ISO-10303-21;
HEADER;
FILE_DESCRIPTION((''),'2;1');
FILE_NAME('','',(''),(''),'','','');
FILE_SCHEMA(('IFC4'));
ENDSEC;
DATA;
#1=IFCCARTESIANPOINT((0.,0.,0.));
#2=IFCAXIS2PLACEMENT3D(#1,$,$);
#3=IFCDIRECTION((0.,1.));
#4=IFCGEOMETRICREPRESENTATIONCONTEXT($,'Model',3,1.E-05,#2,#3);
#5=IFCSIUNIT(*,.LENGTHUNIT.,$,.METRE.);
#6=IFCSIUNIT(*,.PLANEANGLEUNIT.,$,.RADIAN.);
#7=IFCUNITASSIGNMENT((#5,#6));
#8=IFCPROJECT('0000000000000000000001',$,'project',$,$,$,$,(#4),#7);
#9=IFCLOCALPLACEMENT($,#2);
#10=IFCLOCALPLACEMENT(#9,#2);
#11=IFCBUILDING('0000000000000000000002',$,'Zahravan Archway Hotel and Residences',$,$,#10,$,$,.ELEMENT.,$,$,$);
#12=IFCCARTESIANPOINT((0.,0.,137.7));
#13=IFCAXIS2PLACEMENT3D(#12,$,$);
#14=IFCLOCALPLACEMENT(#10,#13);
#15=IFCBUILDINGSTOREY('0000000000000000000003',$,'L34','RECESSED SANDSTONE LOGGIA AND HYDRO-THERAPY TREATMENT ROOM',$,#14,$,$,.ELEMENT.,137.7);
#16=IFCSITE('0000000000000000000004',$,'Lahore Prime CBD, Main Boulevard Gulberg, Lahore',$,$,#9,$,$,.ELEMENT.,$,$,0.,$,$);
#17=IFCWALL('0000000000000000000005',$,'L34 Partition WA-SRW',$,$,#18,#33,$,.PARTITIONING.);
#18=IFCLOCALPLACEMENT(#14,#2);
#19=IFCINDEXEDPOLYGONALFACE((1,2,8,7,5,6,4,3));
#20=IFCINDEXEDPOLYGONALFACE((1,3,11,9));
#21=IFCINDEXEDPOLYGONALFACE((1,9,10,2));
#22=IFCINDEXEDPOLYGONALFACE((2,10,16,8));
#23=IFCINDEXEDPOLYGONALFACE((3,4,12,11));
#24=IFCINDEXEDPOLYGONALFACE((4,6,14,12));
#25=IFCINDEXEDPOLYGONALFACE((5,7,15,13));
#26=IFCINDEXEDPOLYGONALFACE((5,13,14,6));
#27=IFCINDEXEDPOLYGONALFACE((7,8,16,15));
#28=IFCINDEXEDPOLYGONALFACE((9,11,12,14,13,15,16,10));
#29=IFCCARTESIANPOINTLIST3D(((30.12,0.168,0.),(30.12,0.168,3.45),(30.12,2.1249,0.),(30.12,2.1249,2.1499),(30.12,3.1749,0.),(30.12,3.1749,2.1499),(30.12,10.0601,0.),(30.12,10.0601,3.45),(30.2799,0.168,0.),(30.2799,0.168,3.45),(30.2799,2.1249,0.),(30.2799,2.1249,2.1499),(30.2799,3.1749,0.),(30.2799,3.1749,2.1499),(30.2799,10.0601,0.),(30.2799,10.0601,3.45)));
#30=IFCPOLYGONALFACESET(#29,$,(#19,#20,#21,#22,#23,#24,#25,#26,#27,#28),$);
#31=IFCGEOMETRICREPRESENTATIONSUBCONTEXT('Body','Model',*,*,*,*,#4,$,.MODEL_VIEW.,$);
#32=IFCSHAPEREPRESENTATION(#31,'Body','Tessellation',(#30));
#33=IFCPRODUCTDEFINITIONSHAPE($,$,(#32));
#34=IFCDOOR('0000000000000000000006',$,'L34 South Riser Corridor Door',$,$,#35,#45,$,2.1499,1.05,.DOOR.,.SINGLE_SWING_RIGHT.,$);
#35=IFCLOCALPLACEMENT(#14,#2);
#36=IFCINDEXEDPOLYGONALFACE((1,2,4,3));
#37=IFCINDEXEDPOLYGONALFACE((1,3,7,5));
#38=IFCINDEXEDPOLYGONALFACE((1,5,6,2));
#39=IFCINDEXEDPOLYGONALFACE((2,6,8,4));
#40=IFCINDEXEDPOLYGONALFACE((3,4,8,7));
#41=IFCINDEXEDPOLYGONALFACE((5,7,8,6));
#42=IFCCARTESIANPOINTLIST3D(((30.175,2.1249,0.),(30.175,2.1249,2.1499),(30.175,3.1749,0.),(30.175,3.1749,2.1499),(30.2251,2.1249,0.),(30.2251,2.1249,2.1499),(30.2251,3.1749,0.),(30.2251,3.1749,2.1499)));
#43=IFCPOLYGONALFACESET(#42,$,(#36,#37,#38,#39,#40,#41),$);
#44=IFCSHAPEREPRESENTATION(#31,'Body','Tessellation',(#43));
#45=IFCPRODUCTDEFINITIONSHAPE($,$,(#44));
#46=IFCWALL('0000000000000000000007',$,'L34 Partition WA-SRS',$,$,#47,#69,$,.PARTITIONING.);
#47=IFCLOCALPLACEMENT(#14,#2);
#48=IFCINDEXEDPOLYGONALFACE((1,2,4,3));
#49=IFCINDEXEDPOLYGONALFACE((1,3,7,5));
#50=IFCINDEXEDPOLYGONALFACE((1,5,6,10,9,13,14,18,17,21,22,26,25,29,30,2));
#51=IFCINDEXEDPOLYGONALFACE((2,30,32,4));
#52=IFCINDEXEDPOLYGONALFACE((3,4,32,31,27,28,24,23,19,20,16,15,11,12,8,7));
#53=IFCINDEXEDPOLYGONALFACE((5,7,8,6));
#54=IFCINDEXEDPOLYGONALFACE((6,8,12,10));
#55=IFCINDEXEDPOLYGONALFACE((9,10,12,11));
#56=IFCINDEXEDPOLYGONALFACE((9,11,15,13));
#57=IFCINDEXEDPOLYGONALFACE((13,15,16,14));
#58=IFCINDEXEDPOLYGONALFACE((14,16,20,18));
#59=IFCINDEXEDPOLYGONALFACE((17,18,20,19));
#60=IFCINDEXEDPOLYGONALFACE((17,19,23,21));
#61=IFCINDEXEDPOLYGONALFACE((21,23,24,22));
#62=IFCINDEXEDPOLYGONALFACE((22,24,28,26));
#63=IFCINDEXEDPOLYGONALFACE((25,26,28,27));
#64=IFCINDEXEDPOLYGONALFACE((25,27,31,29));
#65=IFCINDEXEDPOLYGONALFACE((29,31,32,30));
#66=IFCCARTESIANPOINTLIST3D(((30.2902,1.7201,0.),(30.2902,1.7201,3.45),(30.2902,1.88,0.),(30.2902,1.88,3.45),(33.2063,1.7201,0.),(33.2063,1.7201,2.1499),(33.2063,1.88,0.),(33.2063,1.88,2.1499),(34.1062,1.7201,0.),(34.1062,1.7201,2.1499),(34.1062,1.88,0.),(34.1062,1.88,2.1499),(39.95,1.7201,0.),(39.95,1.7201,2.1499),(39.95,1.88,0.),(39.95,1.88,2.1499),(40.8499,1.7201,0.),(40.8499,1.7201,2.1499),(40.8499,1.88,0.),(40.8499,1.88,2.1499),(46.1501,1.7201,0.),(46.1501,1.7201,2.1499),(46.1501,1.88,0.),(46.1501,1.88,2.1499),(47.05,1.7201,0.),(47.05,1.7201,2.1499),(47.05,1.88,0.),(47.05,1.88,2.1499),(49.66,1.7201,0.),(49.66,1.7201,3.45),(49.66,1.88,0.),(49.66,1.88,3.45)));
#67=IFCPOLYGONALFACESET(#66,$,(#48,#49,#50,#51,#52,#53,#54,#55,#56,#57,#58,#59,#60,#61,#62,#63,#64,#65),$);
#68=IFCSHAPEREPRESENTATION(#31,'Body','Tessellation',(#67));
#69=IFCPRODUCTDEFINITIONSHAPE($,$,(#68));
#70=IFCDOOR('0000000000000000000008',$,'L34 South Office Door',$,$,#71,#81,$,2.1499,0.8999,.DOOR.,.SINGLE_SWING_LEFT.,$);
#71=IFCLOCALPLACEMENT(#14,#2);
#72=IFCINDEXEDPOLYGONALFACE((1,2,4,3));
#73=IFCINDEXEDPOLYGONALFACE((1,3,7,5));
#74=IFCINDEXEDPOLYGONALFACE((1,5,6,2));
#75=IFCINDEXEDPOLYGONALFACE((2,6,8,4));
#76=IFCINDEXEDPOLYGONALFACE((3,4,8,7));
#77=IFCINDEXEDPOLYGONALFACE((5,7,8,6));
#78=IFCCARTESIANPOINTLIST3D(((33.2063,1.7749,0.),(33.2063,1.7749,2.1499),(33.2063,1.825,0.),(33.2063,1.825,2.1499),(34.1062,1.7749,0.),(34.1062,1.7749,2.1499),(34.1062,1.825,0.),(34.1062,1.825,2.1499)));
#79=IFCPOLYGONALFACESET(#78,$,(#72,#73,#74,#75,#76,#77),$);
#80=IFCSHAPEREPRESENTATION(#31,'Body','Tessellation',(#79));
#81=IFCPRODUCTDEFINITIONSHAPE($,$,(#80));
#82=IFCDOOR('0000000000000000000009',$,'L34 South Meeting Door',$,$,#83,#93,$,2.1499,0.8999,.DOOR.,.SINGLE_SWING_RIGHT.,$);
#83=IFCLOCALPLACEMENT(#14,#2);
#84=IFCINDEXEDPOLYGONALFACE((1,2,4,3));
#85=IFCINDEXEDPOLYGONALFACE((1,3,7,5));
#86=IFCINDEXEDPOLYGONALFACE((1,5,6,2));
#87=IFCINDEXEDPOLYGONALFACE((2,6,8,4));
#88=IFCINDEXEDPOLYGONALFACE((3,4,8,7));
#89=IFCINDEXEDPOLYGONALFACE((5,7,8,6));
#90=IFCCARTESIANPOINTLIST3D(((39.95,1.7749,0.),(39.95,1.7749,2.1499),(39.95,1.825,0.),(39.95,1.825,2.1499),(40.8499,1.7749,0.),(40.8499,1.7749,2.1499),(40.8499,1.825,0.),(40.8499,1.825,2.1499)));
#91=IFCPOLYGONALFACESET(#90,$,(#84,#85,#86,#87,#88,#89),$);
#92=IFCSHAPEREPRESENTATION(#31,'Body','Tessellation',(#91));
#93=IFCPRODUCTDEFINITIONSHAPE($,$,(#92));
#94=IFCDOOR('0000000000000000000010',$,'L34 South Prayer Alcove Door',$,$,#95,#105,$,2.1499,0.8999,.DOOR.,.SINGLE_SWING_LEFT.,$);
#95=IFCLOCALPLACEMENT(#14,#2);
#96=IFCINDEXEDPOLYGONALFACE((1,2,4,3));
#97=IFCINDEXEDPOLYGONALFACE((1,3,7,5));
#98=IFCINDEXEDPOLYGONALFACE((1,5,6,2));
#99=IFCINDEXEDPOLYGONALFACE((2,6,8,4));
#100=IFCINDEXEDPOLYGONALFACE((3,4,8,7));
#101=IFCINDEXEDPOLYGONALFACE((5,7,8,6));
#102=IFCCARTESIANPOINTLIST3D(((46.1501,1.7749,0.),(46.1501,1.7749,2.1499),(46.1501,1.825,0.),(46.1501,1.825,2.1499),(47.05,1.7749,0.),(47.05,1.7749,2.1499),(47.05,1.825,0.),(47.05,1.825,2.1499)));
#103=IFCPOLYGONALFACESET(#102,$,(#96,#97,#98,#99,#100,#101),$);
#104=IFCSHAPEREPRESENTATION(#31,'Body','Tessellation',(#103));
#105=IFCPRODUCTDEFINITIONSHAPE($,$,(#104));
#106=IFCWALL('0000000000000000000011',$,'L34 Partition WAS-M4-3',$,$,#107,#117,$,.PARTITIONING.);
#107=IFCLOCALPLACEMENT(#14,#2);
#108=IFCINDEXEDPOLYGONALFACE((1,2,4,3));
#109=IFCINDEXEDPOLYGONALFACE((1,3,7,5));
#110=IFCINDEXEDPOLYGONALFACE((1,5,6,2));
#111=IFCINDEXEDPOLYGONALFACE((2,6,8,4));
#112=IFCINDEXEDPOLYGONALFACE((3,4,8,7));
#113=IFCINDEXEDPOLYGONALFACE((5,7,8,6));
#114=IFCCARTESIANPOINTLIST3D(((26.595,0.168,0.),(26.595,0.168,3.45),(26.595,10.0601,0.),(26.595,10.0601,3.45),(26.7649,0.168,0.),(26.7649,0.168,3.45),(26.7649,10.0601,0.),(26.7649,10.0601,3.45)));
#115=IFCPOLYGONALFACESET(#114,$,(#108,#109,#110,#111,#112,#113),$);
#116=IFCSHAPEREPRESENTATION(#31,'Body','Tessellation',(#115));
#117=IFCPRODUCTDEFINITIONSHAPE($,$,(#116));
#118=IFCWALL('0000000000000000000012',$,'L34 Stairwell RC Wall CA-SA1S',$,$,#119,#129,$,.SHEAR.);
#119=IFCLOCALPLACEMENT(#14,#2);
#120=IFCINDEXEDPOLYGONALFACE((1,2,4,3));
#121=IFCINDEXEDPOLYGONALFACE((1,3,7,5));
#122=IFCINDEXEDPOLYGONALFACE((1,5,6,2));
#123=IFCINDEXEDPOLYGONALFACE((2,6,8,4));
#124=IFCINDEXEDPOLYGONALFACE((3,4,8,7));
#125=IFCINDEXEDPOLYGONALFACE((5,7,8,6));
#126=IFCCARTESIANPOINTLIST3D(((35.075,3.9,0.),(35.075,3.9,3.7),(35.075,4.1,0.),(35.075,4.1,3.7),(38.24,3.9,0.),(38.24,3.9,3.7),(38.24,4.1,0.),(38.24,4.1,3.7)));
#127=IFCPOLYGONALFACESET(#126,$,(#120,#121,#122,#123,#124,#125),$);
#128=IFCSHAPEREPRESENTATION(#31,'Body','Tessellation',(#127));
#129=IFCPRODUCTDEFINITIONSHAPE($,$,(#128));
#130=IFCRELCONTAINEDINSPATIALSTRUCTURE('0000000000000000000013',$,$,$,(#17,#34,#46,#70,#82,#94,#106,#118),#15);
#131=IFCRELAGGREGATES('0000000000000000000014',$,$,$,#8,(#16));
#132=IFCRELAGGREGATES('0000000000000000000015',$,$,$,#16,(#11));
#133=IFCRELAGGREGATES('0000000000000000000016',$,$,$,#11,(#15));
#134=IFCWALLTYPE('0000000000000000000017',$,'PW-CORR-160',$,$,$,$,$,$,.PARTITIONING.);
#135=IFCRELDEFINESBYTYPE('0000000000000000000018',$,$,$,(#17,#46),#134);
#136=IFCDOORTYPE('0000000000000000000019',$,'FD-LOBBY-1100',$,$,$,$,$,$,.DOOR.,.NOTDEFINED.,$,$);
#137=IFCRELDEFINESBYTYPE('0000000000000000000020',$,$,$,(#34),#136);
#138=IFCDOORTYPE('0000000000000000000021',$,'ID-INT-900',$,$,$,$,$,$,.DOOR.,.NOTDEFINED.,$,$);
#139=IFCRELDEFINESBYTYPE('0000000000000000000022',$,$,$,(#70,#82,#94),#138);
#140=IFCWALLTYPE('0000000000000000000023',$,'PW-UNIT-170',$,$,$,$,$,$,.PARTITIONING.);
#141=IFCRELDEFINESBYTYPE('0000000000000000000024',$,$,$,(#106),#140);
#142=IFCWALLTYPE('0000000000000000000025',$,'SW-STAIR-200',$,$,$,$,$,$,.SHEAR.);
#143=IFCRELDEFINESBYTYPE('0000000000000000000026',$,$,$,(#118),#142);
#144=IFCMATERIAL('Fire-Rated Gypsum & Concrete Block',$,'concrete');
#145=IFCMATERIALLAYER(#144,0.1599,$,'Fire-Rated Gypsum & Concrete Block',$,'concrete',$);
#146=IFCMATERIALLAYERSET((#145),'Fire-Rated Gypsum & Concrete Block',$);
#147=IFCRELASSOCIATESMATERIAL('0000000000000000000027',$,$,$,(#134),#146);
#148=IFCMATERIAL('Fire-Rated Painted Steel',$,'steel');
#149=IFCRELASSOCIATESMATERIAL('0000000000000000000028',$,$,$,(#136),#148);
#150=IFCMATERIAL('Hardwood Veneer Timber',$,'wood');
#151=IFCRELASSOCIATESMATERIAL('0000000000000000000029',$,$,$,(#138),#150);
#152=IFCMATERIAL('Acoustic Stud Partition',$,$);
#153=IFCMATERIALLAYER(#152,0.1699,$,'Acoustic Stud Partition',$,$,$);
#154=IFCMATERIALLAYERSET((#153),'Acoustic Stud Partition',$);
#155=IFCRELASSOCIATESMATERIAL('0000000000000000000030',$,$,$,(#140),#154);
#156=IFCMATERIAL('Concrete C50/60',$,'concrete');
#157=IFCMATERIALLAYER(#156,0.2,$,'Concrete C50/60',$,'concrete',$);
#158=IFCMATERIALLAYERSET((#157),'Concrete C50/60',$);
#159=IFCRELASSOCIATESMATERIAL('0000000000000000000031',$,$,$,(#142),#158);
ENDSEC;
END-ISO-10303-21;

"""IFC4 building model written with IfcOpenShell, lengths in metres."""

from ifc_helpers import new_model, si_unit, direction, frame, frame_2d, origin, place, context, subcontext, project, spatial, rectangle, extrude, source, transform, mapped, material, layer, layer_set, type_object, type_shapes, element, fill, save


model = new_model("IFC4")

# Units and contexts
model_context = context("Model", 3, precision=1e-05, world=origin(), true_north=direction((0.0, 1.0)))
body_context = subcontext(model_context, "Body", "Model", "MODEL_VIEW")
ifc_project = project(units=[si_unit("LENGTHUNIT", "METRE"), si_unit("PLANEANGLEUNIT", "RADIAN")], contexts=[model_context])

# Site, building, storey
site_placement = place(None, origin())
site = spatial("IfcSite", under=ifc_project, at=site_placement, Name="Lahore Prime CBD, Main Boulevard Gulberg, Lahore", CompositionType="ELEMENT", RefElevation=0.0)
building_placement = place(site_placement, origin())
building = spatial("IfcBuilding", under=site, at=building_placement, Name="Zahravan Archway Hotel and Residences", CompositionType="ELEMENT")
storey_placement = place(building_placement, frame((0.0, 0.0, 137.7)))
storey = spatial("IfcBuildingStorey", under=building, at=storey_placement, Name="L34", Description="RECESSED SANDSTONE LOGGIA AND HYDRO-THERAPY TREATMENT ROOM", CompositionType="ELEMENT", Elevation=137.7)

# Shared definitions
ifc_material_1 = material(Name="Fire-Rated Painted Steel", Category="steel")

# Wall, opening, door
ifc_material_2 = material(Name="Fire-Rated Gypsum & Concrete Block", Category="concrete")
ifc_layer_1 = layer(ifc_material_2, 0.1599, Name="Fire-Rated Gypsum & Concrete Block", Category="concrete")
ifc_layer_set_1 = layer_set([ifc_layer_1], Name="Fire-Rated Gypsum & Concrete Block")
wall_type_1 = type_object("IfcWallType", Name="PW-CORR-160", PredefinedType="PARTITIONING", material=ifc_layer_set_1)
wall_1_placement = place(storey_placement, frame((30.2, 0.168, 0.0), z_axis=(0.0, 0.0, 1.0), x_axis=(0.0, 1.0, 0.0)))
wall_1 = element("IfcWall", 1, at=wall_1_placement, inside=storey, type_object=wall_type_1, Name="L34 Partition WA-SRW", PredefinedType="PARTITIONING", context=body_context, shape_type="SweptSolid", body=[
    extrude(rectangle(XDim=9.8921, YDim=0.1599, at=frame_2d((4.946, 0.0))), origin(), (0.0, 0.0, 1.0), 3.45),
])
opening_1_placement = place(wall_1_placement, frame((1.957, 0.0, 0.0)))
opening_1 = element("IfcOpeningElement", 2, at=opening_1_placement, cuts=wall_1, PredefinedType="OPENING", context=body_context, shape_type="SweptSolid", body=[
    extrude(rectangle(XDim=1.05, YDim=2.1499, at=frame_2d((0.5249, 1.075))), frame((0.0, 0.0898, 0.0), z_axis=(0.0, -1.0, 0.0), x_axis=(1.0, 0.0, 0.0)), (0.0, 0.0, 1.0), 0.1799),
])
door_type_1 = type_object("IfcDoorType", Name="FD-LOBBY-1100", OperationType="NOTDEFINED", PredefinedType="DOOR", material=ifc_material_1)
shared_shape_1 = source(origin(), body_context, "Body", "SweptSolid", [
    extrude(rectangle(XDim=1.05, YDim=2.1499, at=frame_2d((0.5249, 1.075))), frame((0.0, 0.0249, 0.0), z_axis=(0.0, -1.0, 0.0), x_axis=(1.0, 0.0, 0.0)), (0.0, 0.0, 1.0), 0.05),
])
type_shapes(door_type_1, [shared_shape_1])
door_1_placement = place(opening_1_placement, origin())
door_1 = element("IfcDoor", 3, at=door_1_placement, inside=storey, type_object=door_type_1, Name="L34 South Riser Corridor Door", OperationType="SINGLE_SWING_RIGHT", OverallHeight=2.1499, OverallWidth=1.05, PredefinedType="DOOR", context=body_context, shape_type="MappedRepresentation", body=[
    mapped(shared_shape_1, transform((0.0, 0.0, 0.0), scale=1.0)),
])
fill(opening_1, door_1)

# Wall, openings, doors
wall_2_placement = place(storey_placement, frame((30.29, 1.8, 0.0), z_axis=(0.0, 0.0, 1.0), x_axis=(1.0, 0.0, 0.0)))
wall_2 = element("IfcWall", 4, at=wall_2_placement, inside=storey, type_object=wall_type_1, Name="L34 Partition WA-SRS", PredefinedType="PARTITIONING", context=body_context, shape_type="SweptSolid", body=[
    extrude(rectangle(XDim=19.3699, YDim=0.1599, at=frame_2d((9.6851, 0.0))), origin(), (0.0, 0.0, 1.0), 3.45),
])
opening_2_placement = place(wall_2_placement, frame((2.9163, 0.0, 0.0)))
opening_2 = element("IfcOpeningElement", 5, at=opening_2_placement, cuts=wall_2, PredefinedType="OPENING", context=body_context, shape_type="SweptSolid", body=[
    extrude(rectangle(XDim=0.8999, YDim=2.1499, at=frame_2d((0.45, 1.075))), frame((0.0, 0.0898, 0.0), z_axis=(0.0, -1.0, 0.0), x_axis=(1.0, 0.0, 0.0)), (0.0, 0.0, 1.0), 0.1799),
])
opening_3_placement = place(wall_2_placement, frame((9.6599, 0.0, 0.0)))
opening_3 = element("IfcOpeningElement", 6, at=opening_3_placement, cuts=wall_2, PredefinedType="OPENING", context=body_context, shape_type="SweptSolid", body=[
    extrude(rectangle(XDim=0.8999, YDim=2.1499, at=frame_2d((0.45, 1.075))), frame((0.0, 0.0898, 0.0), z_axis=(0.0, -1.0, 0.0), x_axis=(1.0, 0.0, 0.0)), (0.0, 0.0, 1.0), 0.1799),
])
opening_4_placement = place(wall_2_placement, frame((15.8601, 0.0, 0.0)))
opening_4 = element("IfcOpeningElement", 7, at=opening_4_placement, cuts=wall_2, PredefinedType="OPENING", context=body_context, shape_type="SweptSolid", body=[
    extrude(rectangle(XDim=0.8999, YDim=2.1499, at=frame_2d((0.45, 1.075))), frame((0.0, 0.0898, 0.0), z_axis=(0.0, -1.0, 0.0), x_axis=(1.0, 0.0, 0.0)), (0.0, 0.0, 1.0), 0.1799),
])
ifc_material_3 = material(Name="Hardwood Veneer Timber", Category="wood")
door_type_2 = type_object("IfcDoorType", Name="ID-INT-900", OperationType="NOTDEFINED", PredefinedType="DOOR", material=ifc_material_3)
shared_shape_2 = source(origin(), body_context, "Body", "SweptSolid", [
    extrude(rectangle(XDim=0.8999, YDim=2.1499, at=frame_2d((0.45, 1.075))), frame((0.0, 0.0249, 0.0), z_axis=(0.0, -1.0, 0.0), x_axis=(1.0, 0.0, 0.0)), (0.0, 0.0, 1.0), 0.05),
])
type_shapes(door_type_2, [shared_shape_2])
door_2_placement = place(opening_2_placement, origin())
door_2 = element("IfcDoor", 8, at=door_2_placement, inside=storey, type_object=door_type_2, Name="L34 South Office Door", OperationType="SINGLE_SWING_LEFT", OverallHeight=2.1499, OverallWidth=0.8999, PredefinedType="DOOR", context=body_context, shape_type="MappedRepresentation", body=[
    mapped(shared_shape_2, transform((0.0, 0.0, 0.0), scale=1.0)),
])
fill(opening_2, door_2)
door_3_placement = place(opening_3_placement, origin())
door_3 = element("IfcDoor", 9, at=door_3_placement, inside=storey, type_object=door_type_2, Name="L34 South Meeting Door", OperationType="SINGLE_SWING_RIGHT", OverallHeight=2.1499, OverallWidth=0.8999, PredefinedType="DOOR", context=body_context, shape_type="MappedRepresentation", body=[
    mapped(shared_shape_2, transform((0.0, 0.0, 0.0), scale=1.0)),
])
fill(opening_3, door_3)
door_4_placement = place(opening_4_placement, origin())
door_4 = element("IfcDoor", 10, at=door_4_placement, inside=storey, type_object=door_type_2, Name="L34 South Prayer Alcove Door", OperationType="SINGLE_SWING_LEFT", OverallHeight=2.1499, OverallWidth=0.8999, PredefinedType="DOOR", context=body_context, shape_type="MappedRepresentation", body=[
    mapped(shared_shape_2, transform((0.0, 0.0, 0.0), scale=1.0)),
])
fill(opening_4, door_4)

# Walls
ifc_material_4 = material(Name="Acoustic Stud Partition")
ifc_layer_2 = layer(ifc_material_4, 0.1699, Name="Acoustic Stud Partition")
ifc_layer_set_2 = layer_set([ifc_layer_2], Name="Acoustic Stud Partition")
wall_type_2 = type_object("IfcWallType", Name="PW-UNIT-170", PredefinedType="PARTITIONING", material=ifc_layer_set_2)
wall_3_placement = place(storey_placement, frame((26.6799, 0.168, 0.0), z_axis=(0.0, 0.0, 1.0), x_axis=(0.0, 1.0, 0.0)))
element("IfcWall", 11, at=wall_3_placement, inside=storey, type_object=wall_type_2, Name="L34 Partition WAS-M4-3", PredefinedType="PARTITIONING", context=body_context, shape_type="SweptSolid", body=[
    extrude(rectangle(XDim=9.8921, YDim=0.1699, at=frame_2d((4.946, 0.0))), origin(), (0.0, 0.0, 1.0), 3.45),
])
ifc_material_5 = material(Name="Concrete C50/60", Category="concrete")
ifc_layer_3 = layer(ifc_material_5, 0.2, Name="Concrete C50/60", Category="concrete")
ifc_layer_set_3 = layer_set([ifc_layer_3], Name="Concrete C50/60")
wall_type_3 = type_object("IfcWallType", Name="SW-STAIR-200", PredefinedType="SHEAR", material=ifc_layer_set_3)
wall_4_placement = place(storey_placement, frame((35.075, 4.0, 0.0), z_axis=(0.0, 0.0, 1.0), x_axis=(1.0, 0.0, 0.0)))
element("IfcWall", 12, at=wall_4_placement, inside=storey, type_object=wall_type_3, Name="L34 Stairwell RC Wall CA-SA1S", PredefinedType="SHEAR", context=body_context, shape_type="SweptSolid", body=[
    extrude(rectangle(XDim=3.165, YDim=0.2, at=frame_2d((1.5825, 0.0))), origin(), (0.0, 0.0, 1.0), 3.7),
])

save(model, "model.ifc")
